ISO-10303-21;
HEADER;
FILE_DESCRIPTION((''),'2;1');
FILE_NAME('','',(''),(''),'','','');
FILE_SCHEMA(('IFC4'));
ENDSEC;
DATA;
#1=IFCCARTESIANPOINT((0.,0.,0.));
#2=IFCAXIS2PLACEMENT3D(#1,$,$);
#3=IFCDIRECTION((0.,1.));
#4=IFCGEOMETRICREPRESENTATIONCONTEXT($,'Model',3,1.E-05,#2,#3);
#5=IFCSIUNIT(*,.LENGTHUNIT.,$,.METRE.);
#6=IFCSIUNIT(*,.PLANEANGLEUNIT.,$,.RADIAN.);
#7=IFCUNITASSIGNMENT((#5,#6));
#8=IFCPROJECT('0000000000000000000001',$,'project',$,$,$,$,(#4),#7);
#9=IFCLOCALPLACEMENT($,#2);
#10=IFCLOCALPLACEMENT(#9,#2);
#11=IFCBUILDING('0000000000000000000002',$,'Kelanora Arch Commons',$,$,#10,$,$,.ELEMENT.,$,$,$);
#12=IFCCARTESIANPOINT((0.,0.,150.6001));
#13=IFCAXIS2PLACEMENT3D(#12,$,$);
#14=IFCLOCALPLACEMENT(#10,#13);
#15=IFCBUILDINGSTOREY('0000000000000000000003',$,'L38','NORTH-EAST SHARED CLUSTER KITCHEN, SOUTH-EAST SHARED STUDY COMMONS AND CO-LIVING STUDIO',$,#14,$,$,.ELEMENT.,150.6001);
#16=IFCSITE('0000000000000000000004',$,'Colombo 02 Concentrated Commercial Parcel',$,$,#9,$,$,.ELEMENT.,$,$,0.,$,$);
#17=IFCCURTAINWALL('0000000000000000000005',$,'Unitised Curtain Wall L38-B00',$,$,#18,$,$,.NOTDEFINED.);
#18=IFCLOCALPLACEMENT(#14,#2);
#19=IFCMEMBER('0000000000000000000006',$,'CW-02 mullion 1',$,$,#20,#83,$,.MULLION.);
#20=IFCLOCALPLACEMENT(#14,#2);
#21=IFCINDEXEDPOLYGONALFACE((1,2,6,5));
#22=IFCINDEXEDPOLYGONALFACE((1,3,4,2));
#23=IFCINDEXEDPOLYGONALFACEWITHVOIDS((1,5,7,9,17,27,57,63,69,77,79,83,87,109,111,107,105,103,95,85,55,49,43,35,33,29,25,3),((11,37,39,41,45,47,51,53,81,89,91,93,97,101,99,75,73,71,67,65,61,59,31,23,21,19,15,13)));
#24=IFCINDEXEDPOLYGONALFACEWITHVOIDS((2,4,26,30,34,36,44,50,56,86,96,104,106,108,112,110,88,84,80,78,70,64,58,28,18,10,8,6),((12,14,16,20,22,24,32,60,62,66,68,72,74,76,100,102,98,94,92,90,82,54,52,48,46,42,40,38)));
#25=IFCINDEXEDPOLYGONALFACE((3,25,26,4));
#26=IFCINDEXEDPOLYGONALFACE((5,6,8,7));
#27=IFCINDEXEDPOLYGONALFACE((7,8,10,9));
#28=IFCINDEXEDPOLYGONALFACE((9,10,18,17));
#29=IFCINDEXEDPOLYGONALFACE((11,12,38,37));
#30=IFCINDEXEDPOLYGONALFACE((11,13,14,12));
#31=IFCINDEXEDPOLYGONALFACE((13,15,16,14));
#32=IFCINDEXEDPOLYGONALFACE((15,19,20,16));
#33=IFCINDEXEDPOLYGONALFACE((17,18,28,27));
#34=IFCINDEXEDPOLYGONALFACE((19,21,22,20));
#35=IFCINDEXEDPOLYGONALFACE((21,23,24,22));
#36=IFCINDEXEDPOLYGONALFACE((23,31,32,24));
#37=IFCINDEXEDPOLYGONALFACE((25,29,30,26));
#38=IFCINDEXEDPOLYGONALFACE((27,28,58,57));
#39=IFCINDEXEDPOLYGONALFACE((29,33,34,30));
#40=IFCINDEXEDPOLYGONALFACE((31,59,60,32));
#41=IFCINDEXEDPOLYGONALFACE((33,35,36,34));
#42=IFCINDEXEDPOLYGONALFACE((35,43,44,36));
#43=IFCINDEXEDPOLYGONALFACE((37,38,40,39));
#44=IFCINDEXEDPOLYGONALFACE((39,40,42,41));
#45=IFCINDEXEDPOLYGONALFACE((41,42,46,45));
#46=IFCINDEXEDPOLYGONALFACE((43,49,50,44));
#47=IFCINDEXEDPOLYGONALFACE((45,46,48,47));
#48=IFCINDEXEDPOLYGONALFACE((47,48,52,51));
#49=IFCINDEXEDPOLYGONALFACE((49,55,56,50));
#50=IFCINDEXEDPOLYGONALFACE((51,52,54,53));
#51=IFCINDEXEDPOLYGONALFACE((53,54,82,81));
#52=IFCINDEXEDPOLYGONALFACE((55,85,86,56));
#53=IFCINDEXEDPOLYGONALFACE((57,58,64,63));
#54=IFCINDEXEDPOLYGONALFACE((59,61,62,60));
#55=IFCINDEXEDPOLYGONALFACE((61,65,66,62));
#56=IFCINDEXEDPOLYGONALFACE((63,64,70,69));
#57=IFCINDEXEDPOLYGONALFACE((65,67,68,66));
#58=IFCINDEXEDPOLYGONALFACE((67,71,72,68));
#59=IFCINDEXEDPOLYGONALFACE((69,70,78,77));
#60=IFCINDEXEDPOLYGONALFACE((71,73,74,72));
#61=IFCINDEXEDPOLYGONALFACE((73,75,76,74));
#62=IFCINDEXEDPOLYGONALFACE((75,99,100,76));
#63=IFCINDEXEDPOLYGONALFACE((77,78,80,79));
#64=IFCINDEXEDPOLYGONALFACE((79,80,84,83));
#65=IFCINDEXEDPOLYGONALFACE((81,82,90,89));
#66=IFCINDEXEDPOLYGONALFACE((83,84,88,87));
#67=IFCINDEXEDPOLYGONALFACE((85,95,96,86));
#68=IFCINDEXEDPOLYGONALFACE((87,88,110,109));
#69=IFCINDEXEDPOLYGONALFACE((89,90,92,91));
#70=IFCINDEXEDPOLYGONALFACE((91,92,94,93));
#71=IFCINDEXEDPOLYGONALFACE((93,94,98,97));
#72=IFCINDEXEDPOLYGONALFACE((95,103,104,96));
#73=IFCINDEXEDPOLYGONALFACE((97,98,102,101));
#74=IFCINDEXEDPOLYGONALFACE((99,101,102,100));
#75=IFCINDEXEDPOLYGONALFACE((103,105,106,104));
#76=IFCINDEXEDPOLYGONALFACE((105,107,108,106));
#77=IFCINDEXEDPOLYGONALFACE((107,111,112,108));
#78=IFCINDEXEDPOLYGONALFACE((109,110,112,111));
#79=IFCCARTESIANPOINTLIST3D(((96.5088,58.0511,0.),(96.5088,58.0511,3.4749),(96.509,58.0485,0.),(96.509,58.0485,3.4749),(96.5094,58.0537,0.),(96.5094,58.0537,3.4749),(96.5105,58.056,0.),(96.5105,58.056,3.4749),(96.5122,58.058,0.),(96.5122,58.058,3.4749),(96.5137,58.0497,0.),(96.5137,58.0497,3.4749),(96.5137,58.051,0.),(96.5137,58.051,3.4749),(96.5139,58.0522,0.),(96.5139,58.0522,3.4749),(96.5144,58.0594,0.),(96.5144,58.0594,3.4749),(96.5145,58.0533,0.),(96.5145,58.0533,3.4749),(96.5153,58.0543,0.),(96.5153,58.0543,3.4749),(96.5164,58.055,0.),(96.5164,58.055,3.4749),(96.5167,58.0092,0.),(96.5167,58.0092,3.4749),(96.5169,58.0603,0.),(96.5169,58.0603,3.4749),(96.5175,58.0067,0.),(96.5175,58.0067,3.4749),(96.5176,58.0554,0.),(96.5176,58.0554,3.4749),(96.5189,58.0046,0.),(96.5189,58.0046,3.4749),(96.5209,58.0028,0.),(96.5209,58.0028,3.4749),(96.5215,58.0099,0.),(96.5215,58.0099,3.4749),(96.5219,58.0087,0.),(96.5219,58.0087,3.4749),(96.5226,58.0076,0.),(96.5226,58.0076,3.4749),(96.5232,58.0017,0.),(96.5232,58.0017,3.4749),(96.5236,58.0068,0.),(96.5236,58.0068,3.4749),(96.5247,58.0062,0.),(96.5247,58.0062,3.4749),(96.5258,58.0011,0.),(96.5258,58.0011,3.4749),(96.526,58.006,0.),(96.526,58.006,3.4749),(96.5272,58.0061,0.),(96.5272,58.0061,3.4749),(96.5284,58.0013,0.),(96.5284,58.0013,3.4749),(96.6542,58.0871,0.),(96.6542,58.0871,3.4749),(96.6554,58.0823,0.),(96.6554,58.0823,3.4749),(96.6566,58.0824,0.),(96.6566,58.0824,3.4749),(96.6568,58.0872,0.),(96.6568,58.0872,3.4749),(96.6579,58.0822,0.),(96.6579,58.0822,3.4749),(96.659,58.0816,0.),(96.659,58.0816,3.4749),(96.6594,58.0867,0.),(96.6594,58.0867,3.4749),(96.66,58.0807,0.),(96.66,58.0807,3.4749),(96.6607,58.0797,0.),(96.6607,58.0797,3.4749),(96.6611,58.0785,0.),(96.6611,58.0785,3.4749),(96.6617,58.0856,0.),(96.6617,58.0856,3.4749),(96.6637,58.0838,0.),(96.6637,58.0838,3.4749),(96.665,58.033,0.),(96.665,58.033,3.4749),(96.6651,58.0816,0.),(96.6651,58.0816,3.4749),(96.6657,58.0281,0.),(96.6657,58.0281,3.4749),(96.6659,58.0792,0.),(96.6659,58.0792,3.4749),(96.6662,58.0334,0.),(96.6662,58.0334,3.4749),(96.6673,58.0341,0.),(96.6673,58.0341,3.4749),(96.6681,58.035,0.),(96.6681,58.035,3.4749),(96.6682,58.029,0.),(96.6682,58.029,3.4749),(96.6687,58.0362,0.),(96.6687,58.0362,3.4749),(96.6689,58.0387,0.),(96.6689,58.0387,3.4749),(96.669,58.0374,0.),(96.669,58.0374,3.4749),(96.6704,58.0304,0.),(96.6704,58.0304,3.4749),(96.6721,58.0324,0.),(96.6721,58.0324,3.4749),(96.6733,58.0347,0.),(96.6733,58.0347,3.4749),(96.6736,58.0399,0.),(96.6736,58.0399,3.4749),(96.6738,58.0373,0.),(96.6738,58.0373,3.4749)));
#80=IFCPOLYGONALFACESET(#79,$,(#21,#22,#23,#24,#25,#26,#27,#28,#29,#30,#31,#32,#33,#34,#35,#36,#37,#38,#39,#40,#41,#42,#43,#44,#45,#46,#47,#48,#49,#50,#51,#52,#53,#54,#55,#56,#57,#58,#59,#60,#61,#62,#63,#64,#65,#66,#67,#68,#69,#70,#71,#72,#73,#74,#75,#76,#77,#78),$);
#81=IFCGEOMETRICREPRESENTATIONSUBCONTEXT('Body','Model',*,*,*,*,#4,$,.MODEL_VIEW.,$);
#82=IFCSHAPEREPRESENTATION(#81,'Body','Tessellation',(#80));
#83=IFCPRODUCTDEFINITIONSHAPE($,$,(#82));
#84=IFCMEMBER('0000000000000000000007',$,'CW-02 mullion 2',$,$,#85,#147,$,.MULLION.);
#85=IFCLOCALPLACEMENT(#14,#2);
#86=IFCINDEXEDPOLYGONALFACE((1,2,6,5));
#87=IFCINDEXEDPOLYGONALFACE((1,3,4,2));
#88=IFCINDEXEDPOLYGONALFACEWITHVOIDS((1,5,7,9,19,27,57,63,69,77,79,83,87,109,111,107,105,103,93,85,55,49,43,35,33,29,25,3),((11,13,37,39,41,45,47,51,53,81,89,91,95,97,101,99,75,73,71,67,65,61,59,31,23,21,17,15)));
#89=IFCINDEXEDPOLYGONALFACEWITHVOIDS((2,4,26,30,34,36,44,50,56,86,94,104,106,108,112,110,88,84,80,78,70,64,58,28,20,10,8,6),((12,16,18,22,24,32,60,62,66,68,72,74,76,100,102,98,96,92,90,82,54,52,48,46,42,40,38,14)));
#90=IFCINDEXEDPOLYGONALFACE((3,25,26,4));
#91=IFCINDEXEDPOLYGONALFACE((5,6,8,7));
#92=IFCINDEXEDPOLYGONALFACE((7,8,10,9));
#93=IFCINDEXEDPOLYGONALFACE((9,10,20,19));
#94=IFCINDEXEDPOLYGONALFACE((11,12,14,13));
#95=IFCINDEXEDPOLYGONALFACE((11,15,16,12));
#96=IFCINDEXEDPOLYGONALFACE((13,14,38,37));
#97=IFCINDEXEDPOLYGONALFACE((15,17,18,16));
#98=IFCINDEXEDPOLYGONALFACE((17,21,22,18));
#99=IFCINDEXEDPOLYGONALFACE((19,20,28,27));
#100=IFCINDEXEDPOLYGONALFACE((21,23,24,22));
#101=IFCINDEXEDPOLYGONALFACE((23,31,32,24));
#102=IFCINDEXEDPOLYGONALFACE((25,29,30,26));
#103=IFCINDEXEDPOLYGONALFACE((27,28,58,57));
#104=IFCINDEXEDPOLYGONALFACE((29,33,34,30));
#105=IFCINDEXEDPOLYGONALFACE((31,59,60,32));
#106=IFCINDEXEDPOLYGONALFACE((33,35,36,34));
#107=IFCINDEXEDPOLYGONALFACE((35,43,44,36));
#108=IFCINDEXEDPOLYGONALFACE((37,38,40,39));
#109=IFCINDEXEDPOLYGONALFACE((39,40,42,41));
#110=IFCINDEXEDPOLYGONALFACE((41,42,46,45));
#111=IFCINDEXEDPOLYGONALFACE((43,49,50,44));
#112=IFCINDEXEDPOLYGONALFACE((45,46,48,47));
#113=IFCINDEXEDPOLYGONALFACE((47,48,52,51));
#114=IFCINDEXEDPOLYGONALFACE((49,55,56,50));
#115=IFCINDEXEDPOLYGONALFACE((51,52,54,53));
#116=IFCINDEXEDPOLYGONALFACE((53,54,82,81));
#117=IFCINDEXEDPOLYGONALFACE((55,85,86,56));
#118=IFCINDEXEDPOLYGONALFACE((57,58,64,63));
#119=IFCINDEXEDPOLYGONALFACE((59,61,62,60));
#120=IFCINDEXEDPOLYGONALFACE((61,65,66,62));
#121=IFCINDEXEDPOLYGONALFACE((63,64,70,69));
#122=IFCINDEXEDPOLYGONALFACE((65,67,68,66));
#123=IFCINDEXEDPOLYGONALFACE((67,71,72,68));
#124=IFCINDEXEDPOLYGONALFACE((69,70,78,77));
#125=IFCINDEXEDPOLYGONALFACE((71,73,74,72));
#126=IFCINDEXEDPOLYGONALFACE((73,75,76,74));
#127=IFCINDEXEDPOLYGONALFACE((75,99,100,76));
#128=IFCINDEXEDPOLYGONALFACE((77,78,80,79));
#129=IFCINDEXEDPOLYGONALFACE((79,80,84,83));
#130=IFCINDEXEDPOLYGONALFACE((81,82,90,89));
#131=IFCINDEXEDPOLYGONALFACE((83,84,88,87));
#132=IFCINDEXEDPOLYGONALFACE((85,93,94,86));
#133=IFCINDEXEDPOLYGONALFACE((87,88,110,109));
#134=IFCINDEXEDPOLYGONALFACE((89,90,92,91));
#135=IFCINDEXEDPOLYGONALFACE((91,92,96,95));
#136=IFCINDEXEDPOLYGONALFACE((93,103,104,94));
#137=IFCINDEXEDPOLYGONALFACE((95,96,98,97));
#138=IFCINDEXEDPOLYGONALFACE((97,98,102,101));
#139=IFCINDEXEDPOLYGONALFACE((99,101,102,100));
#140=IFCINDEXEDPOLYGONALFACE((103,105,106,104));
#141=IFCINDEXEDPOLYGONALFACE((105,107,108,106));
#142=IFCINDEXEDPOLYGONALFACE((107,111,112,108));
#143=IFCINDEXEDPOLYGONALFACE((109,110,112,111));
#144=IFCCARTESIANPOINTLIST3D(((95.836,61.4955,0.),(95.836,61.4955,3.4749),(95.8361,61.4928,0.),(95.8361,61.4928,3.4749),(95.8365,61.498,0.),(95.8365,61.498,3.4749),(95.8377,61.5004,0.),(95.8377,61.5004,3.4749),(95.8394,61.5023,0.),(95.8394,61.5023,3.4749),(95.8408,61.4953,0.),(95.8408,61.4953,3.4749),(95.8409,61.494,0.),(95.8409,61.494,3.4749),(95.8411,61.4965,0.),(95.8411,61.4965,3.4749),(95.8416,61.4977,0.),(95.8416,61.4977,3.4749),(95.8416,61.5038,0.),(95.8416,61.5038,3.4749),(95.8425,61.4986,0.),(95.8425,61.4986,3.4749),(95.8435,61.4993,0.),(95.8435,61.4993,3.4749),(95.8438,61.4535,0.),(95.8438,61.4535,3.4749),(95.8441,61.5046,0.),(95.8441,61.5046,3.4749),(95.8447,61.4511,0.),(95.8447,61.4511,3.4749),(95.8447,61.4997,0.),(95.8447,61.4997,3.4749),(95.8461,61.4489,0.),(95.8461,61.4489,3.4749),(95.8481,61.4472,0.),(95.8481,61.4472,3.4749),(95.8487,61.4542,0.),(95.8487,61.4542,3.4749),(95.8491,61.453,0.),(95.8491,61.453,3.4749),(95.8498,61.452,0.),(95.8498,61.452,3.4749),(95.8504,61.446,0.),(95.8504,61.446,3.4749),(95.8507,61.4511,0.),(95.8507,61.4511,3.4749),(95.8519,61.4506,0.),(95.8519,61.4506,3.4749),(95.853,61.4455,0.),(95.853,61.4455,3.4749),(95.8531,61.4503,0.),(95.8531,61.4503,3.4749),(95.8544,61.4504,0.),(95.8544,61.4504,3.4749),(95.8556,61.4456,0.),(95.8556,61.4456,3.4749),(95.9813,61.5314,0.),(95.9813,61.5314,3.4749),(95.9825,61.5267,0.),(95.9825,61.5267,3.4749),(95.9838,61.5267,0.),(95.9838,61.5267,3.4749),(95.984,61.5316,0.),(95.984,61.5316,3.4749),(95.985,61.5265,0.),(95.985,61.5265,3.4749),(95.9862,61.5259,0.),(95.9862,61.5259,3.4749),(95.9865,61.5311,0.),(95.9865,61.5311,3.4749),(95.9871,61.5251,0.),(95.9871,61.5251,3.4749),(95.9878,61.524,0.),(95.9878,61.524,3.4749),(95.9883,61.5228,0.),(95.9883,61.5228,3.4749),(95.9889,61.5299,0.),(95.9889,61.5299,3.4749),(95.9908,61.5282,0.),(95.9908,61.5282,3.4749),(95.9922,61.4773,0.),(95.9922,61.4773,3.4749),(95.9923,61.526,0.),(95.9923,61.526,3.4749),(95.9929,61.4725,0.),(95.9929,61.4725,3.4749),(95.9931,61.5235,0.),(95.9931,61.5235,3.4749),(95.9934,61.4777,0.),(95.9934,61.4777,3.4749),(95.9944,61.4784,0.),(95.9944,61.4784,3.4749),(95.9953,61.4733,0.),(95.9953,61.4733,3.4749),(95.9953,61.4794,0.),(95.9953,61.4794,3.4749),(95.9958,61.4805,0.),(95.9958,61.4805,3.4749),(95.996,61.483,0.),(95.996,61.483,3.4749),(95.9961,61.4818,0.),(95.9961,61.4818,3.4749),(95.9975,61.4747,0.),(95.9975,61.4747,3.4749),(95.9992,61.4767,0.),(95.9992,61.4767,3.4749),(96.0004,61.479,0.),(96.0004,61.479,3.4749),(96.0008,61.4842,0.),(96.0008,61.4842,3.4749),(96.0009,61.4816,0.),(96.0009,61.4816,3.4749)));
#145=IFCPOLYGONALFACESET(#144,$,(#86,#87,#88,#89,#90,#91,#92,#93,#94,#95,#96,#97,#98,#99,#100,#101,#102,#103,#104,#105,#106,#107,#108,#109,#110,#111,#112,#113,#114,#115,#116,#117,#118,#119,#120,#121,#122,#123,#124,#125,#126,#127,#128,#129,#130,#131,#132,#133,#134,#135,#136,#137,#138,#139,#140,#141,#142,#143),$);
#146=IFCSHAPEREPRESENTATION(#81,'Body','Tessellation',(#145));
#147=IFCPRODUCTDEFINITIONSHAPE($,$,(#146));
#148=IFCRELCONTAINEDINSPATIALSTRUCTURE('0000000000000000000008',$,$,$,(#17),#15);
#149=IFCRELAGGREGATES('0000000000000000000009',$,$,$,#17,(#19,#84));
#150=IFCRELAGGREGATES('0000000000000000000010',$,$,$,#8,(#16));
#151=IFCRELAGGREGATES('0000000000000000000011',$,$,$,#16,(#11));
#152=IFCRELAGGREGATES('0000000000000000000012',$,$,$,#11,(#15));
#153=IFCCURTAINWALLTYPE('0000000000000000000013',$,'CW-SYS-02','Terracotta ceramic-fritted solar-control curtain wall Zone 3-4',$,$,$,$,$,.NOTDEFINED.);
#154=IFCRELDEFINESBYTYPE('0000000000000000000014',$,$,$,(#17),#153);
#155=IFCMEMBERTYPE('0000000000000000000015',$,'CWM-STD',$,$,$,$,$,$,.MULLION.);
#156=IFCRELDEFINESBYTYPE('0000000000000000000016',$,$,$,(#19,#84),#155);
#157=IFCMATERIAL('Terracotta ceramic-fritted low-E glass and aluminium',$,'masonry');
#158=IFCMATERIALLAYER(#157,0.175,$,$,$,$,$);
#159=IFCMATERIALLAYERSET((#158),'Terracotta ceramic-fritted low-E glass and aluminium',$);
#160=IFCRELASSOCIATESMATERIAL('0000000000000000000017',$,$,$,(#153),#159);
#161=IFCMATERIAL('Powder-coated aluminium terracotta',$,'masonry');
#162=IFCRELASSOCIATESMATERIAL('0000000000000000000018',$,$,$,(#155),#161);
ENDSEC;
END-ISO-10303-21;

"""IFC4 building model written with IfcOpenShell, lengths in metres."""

from ifc_helpers import new_model, si_unit, direction, frame, origin, origin_2d, place, context, subcontext, project, spatial, hollow_rectangle, extrude, material, layer, layer_set, material_profile, profile_set, type_object, element, aggregate, save


model = new_model("IFC4")

# Units and contexts
model_context = context("Model", 3, precision=1e-05, world=origin(), true_north=direction((0.0, 1.0)))
body_context = subcontext(model_context, "Body", "Model", "MODEL_VIEW")
ifc_project = project(units=[si_unit("LENGTHUNIT", "METRE"), si_unit("PLANEANGLEUNIT", "RADIAN")], contexts=[model_context])

# Site, building, storey
site_placement = place(None, origin())
site = spatial("IfcSite", under=ifc_project, at=site_placement, Name="Colombo 02 Concentrated Commercial Parcel", CompositionType="ELEMENT", RefElevation=0.0)
building_placement = place(site_placement, origin())
building = spatial("IfcBuilding", under=site, at=building_placement, Name="Kelanora Arch Commons", CompositionType="ELEMENT")
storey_placement = place(building_placement, frame((0.0, 0.0, 150.6001)))
storey = spatial("IfcBuildingStorey", under=building, at=storey_placement, Name="L38", Description="NORTH-EAST SHARED CLUSTER KITCHEN, SOUTH-EAST SHARED STUDY COMMONS AND CO-LIVING STUDIO", CompositionType="ELEMENT", Elevation=150.6001)

# Curtain wall, members
ifc_material_1 = material(Name="Terracotta ceramic-fritted low-E glass and aluminium", Category="masonry")
ifc_layer_1 = layer(ifc_material_1, 0.175)
ifc_layer_set_1 = layer_set([ifc_layer_1], Name="Terracotta ceramic-fritted low-E glass and aluminium")
curtain_wall_type = type_object("IfcCurtainWallType", Name="CW-SYS-02", Description="Terracotta ceramic-fritted solar-control curtain wall Zone 3-4", PredefinedType="NOTDEFINED", material=ifc_layer_set_1)
curtain_wall_placement = place(storey_placement, origin())
curtain_wall = element("IfcCurtainWall", 1, at=curtain_wall_placement, inside=storey, type_object=curtain_wall_type, Name="Unitised Curtain Wall L38-B00", PredefinedType="NOTDEFINED")
ifc_material_2 = material(Name="Powder-coated aluminium terracotta", Category="masonry")
ifc_material_profile_1 = material_profile(ifc_material_2, hollow_rectangle(XDim=0.1599, YDim=0.0601, WallThickness=0.0049, InnerFilletRadius=0.0049, OuterFilletRadius=0.01, at=origin_2d()), Name="CWM160x60")
ifc_profile_set_1 = profile_set([ifc_material_profile_1], Name="Powder-coated aluminium terracotta")
member_type_1 = type_object("IfcMemberType", Name="CWM-STD", PredefinedType="MULLION", material=ifc_profile_set_1)
member_1_placement = place(storey_placement, frame((96.5913, 58.0442, 0.0), z_axis=(0.0, 0.0, 1.0), x_axis=(-0.981453, -0.191705, 0.0)))
member_1 = element("IfcMember", 2, at=member_1_placement, type_object=member_type_1, Name="CW-02 mullion 1", PredefinedType="MULLION", context=body_context, shape_type="SweptSolid", body=[
    extrude(hollow_rectangle(XDim=0.1599, YDim=0.0601, WallThickness=0.0049, InnerFilletRadius=0.0049, OuterFilletRadius=0.01, at=origin_2d()), origin(), (0.0, 0.0, 1.0), 3.4749),
])
member_2_placement = place(storey_placement, frame((95.9185, 61.4885, 0.0), z_axis=(0.0, 0.0, 1.0), x_axis=(-0.981453, -0.191705, 0.0)))
member_2 = element("IfcMember", 3, at=member_2_placement, type_object=member_type_1, Name="CW-02 mullion 2", PredefinedType="MULLION", context=body_context, shape_type="SweptSolid", body=[
    extrude(hollow_rectangle(XDim=0.1599, YDim=0.0601, WallThickness=0.0049, InnerFilletRadius=0.0049, OuterFilletRadius=0.01, at=origin_2d()), origin(), (0.0, 0.0, 1.0), 3.4749),
])
aggregate(curtain_wall, [member_1, member_2])

save(model, "model.ifc")
